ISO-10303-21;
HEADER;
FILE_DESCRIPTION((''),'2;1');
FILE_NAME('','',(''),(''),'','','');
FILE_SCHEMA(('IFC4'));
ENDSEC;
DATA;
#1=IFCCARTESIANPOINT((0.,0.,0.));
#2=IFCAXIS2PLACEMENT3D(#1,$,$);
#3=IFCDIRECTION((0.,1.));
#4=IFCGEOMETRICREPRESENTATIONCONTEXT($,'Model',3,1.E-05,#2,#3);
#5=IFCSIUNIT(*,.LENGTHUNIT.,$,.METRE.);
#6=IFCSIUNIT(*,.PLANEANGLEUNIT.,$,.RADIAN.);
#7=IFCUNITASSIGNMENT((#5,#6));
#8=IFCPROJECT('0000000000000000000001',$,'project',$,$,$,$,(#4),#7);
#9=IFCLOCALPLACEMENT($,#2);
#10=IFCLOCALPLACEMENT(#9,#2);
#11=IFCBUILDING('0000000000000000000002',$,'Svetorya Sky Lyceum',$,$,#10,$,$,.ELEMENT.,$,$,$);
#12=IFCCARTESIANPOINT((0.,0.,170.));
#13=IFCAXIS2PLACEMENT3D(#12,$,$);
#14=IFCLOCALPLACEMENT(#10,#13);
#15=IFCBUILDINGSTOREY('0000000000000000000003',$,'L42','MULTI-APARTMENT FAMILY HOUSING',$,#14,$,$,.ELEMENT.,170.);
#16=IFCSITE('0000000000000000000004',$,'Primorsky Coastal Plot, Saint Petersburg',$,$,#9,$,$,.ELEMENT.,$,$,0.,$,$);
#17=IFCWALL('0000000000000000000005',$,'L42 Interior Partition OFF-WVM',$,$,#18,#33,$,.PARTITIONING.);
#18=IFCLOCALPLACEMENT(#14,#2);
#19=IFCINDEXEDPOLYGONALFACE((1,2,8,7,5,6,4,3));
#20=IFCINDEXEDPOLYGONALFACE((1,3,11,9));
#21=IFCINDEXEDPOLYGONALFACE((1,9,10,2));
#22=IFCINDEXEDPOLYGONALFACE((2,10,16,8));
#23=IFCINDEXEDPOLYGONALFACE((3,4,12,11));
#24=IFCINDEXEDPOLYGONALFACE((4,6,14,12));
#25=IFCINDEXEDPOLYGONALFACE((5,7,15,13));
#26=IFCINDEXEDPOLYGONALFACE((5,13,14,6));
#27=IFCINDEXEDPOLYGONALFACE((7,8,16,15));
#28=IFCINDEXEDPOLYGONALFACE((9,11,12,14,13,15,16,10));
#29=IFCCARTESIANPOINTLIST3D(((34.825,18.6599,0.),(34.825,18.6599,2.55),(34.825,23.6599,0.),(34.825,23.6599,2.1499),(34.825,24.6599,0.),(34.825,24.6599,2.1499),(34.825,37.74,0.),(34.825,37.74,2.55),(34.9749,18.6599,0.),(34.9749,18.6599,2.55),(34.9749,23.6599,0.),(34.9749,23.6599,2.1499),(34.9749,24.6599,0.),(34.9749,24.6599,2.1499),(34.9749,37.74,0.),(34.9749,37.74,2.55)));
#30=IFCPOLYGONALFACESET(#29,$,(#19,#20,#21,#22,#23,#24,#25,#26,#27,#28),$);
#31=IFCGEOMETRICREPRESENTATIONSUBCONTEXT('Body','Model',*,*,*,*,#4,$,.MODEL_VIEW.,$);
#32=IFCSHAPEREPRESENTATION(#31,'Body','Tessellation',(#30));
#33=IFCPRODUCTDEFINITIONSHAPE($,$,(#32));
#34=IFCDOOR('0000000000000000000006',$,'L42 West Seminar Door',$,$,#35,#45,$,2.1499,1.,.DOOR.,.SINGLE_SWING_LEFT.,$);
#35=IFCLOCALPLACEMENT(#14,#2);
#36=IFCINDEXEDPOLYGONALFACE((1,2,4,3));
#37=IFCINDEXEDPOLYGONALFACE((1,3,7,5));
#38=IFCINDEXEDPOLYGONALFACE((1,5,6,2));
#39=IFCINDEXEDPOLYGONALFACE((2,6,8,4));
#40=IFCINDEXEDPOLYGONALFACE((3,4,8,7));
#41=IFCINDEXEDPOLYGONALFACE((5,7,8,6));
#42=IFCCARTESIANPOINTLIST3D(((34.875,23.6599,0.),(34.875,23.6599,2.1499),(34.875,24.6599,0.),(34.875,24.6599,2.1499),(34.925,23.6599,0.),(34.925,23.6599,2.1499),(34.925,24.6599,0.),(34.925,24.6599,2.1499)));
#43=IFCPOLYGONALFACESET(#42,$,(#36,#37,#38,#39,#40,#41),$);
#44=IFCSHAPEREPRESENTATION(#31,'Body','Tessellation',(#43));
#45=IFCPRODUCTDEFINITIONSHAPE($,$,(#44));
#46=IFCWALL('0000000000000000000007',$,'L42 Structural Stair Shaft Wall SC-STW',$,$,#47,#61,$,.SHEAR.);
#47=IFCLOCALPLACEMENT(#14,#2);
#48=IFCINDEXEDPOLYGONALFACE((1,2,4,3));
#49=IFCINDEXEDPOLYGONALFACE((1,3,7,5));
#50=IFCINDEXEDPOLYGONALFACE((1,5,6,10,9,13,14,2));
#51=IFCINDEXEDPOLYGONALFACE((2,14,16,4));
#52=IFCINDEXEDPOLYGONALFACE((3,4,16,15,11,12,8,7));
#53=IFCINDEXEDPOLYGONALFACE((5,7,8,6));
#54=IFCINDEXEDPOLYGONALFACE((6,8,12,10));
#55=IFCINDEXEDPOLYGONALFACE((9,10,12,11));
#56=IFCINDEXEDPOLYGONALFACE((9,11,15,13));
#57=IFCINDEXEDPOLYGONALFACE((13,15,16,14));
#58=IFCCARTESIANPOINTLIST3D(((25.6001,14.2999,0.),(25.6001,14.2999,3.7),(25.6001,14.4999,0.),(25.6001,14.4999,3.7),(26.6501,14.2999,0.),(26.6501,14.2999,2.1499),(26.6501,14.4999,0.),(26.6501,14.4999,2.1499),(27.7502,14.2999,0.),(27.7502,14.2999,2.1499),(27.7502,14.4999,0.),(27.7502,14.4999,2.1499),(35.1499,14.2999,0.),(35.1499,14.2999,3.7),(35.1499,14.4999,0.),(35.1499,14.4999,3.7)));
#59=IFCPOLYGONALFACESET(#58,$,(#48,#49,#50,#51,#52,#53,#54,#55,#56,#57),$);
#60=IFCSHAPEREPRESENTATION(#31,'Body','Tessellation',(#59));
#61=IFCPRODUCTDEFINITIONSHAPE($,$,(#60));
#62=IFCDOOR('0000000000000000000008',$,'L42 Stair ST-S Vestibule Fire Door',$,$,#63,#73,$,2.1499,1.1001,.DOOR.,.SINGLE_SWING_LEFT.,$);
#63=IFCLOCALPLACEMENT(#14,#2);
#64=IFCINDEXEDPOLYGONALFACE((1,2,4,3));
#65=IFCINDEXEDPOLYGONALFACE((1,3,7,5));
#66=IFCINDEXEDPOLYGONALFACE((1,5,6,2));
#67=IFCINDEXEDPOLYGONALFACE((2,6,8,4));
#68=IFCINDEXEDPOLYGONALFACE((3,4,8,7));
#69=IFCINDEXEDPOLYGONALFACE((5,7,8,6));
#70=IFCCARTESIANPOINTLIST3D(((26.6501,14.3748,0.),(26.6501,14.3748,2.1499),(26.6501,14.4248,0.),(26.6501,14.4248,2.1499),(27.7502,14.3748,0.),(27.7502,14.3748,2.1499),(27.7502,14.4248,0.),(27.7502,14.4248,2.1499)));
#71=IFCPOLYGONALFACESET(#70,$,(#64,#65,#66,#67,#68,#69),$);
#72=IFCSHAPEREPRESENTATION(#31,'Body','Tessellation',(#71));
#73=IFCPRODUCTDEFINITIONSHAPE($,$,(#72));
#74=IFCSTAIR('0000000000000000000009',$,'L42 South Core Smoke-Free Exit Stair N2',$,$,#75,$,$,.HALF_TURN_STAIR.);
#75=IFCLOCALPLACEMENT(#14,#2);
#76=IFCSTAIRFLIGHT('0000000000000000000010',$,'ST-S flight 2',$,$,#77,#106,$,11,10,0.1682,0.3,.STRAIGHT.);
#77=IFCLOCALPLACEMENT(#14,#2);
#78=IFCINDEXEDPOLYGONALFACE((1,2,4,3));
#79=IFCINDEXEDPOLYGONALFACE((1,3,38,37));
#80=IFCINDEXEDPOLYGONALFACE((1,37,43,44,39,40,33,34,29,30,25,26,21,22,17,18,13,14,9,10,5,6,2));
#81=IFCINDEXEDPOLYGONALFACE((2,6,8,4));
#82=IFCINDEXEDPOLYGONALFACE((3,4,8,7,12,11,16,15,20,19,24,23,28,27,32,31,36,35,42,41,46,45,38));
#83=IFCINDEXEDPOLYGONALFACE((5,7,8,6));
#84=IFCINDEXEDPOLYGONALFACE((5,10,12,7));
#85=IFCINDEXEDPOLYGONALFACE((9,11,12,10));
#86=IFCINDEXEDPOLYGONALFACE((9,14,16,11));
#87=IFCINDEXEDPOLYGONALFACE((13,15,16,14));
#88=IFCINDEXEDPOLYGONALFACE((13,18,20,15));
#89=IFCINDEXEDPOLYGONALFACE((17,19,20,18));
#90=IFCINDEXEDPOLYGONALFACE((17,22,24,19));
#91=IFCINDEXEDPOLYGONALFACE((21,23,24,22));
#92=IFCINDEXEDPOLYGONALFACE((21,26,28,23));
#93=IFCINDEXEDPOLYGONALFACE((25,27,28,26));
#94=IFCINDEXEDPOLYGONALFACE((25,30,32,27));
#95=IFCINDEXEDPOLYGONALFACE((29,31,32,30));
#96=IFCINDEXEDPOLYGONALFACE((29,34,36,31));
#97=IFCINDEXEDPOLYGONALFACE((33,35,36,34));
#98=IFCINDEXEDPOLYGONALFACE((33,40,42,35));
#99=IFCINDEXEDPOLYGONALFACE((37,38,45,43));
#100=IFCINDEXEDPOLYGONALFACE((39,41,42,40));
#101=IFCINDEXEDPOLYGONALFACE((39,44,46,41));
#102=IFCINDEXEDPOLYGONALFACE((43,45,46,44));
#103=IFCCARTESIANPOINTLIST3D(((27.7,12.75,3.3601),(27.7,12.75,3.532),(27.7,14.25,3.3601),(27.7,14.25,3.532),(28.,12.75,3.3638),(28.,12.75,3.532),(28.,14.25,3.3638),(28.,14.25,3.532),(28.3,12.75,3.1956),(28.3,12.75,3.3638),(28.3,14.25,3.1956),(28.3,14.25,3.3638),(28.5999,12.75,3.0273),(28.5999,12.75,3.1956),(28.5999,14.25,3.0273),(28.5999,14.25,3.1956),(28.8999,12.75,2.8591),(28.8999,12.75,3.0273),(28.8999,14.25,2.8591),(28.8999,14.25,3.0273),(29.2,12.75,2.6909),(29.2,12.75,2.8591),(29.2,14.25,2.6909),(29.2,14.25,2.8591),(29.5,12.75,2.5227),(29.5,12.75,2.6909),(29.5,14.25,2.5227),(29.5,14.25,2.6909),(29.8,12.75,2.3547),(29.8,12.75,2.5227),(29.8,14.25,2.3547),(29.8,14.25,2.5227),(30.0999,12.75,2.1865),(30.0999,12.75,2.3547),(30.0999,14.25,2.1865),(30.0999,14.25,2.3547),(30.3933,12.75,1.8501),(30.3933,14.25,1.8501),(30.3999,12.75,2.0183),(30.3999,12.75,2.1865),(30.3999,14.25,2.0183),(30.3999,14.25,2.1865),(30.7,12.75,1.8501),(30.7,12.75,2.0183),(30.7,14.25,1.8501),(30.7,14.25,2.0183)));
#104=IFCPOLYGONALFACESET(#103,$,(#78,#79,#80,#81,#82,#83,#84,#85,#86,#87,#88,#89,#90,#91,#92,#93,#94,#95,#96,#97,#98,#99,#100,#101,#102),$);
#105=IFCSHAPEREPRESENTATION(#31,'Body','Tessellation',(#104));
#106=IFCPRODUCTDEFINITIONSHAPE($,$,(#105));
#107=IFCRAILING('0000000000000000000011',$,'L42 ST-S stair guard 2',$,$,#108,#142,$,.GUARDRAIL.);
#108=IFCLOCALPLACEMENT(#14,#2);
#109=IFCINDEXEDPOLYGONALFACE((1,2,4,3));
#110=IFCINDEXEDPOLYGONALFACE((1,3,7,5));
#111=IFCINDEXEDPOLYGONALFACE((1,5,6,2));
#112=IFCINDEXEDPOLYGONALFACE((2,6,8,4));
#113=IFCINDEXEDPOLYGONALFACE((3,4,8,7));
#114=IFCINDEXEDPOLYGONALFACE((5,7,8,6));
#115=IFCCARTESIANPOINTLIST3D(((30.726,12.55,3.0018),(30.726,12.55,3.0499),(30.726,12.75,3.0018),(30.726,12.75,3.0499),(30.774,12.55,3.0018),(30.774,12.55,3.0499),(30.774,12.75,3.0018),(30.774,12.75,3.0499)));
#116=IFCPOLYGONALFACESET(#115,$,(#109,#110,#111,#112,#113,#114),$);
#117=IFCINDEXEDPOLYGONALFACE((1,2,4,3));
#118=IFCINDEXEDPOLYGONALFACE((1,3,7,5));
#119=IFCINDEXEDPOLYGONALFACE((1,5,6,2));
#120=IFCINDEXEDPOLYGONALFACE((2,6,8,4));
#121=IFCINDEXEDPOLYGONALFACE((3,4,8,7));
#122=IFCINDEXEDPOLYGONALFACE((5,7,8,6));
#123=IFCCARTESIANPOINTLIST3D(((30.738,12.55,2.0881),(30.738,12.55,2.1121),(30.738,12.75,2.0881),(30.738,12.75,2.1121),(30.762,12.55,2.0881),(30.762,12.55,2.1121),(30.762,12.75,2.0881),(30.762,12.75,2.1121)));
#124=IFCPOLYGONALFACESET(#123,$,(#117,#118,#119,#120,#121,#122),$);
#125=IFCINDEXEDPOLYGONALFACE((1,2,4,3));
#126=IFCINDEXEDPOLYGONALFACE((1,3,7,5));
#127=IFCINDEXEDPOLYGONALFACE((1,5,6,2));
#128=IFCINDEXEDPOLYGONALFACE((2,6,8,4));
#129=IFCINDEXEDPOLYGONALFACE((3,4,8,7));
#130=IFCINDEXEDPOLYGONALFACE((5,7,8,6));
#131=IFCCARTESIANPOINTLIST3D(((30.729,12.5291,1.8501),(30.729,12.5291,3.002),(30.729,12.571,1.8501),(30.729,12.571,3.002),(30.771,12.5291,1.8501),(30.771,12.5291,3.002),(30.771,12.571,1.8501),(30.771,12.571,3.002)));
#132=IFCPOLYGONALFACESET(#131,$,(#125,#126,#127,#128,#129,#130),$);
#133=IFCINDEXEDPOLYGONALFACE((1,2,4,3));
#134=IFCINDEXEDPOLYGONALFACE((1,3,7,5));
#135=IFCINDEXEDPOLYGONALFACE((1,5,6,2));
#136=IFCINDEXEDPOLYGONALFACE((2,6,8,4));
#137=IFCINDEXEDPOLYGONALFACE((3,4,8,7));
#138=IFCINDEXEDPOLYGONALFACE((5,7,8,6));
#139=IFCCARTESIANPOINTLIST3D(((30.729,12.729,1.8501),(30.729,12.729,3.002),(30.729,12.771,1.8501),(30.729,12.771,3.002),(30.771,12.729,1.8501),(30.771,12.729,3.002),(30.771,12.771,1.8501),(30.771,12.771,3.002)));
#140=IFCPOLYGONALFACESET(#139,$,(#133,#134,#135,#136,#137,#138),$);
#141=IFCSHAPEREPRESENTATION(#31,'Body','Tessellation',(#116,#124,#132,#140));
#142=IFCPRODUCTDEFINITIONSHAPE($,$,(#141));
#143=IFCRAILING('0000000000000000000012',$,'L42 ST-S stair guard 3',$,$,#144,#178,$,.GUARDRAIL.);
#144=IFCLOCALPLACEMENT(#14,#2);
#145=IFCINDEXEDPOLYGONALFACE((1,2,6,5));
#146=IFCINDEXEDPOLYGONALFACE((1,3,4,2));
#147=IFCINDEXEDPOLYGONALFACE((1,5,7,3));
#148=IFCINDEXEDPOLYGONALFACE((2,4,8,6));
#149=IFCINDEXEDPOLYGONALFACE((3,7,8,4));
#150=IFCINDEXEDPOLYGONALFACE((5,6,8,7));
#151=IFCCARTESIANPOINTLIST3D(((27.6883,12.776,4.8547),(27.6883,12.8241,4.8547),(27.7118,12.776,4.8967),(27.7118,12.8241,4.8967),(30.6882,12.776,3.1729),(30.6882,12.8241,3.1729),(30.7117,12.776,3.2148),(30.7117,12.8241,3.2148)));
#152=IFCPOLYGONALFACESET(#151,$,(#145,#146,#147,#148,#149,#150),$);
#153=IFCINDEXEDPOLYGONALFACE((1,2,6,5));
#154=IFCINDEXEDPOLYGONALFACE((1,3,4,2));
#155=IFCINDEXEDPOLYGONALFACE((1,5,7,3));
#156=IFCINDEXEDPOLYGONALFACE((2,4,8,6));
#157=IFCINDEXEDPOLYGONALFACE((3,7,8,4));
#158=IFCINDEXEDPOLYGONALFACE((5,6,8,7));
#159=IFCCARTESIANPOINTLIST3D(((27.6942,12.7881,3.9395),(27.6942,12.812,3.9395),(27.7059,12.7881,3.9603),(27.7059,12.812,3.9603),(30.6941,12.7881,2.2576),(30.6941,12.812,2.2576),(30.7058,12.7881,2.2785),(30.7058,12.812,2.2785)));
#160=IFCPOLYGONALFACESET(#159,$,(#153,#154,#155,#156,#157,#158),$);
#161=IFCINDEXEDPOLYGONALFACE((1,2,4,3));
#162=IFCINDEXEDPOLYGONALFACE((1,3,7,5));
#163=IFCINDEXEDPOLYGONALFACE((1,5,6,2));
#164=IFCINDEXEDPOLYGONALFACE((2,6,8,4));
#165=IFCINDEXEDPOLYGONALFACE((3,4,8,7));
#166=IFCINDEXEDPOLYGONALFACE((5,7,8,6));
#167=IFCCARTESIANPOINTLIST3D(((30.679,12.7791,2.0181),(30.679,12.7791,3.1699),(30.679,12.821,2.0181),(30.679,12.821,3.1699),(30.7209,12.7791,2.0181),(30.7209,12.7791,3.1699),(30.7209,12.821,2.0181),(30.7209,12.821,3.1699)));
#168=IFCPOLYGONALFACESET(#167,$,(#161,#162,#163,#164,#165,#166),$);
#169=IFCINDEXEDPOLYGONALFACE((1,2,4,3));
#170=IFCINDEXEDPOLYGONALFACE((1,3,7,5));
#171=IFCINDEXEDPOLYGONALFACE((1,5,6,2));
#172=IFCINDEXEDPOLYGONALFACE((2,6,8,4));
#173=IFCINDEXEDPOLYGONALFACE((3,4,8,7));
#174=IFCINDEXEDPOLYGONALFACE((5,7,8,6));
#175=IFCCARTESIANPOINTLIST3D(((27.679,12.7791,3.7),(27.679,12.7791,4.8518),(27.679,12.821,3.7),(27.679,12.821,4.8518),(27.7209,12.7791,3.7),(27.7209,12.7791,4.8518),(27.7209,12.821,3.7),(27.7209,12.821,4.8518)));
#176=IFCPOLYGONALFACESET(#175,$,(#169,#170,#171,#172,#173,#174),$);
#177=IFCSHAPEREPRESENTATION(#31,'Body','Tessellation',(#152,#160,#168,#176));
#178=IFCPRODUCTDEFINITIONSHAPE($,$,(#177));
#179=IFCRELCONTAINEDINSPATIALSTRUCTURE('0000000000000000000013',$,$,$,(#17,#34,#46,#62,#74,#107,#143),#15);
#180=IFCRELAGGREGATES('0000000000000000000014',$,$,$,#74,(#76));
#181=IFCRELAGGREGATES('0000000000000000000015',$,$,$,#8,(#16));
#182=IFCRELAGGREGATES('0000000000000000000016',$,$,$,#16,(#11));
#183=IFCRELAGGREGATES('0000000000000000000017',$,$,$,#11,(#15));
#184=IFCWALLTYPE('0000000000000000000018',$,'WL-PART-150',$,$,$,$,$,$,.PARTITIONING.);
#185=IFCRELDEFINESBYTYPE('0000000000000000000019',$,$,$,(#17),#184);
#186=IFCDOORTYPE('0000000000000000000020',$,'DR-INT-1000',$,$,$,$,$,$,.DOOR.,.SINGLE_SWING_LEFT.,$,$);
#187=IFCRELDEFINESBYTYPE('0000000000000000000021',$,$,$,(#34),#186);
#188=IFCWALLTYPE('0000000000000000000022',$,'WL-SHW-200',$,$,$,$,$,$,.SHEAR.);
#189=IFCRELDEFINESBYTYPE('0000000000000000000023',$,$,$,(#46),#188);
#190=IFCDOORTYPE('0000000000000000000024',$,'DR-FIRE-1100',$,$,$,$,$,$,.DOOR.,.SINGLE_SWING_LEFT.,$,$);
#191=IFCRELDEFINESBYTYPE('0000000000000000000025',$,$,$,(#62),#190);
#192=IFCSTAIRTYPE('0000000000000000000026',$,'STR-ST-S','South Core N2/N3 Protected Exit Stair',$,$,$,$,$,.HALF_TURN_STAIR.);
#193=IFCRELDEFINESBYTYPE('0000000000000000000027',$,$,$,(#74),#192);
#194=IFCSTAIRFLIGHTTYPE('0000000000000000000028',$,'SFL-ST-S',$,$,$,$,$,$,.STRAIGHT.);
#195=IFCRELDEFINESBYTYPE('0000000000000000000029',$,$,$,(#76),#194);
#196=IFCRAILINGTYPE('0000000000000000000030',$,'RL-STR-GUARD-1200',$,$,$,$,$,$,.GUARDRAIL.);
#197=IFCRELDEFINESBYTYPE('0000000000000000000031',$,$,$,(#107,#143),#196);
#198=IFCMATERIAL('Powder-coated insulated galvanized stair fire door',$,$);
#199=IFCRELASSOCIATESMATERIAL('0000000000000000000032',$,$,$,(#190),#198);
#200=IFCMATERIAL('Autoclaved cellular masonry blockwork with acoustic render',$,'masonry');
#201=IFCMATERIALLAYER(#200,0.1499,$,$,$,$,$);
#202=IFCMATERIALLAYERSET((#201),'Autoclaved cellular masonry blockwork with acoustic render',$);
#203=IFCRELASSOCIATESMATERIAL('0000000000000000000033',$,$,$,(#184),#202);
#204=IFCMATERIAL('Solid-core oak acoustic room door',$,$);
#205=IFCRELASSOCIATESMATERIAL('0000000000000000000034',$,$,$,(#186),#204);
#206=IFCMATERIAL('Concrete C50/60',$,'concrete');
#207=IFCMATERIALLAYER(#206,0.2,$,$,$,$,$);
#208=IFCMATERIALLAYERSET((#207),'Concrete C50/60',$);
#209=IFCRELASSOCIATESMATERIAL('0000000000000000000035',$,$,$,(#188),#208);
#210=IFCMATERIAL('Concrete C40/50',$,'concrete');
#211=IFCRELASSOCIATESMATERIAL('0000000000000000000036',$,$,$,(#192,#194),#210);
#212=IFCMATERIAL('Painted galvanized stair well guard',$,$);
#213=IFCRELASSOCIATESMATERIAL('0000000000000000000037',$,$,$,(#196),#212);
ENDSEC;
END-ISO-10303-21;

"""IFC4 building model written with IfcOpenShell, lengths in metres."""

from ifc_helpers import new_model, si_unit, direction, frame, frame_2d, origin, origin_2d, place, context, subcontext, project, spatial, polyline, rectangle, outline, extrude, material, layer, layer_set, type_object, element, fill, aggregate, save


model = new_model("IFC4")

# Units and contexts
model_context = context("Model", 3, precision=1e-05, world=origin(), true_north=direction((0.0, 1.0)))
body_context = subcontext(model_context, "Body", "Model", "MODEL_VIEW")
ifc_project = project(units=[si_unit("LENGTHUNIT", "METRE"), si_unit("PLANEANGLEUNIT", "RADIAN")], contexts=[model_context])

# Site, building, storey
site_placement = place(None, origin())
site = spatial("IfcSite", under=ifc_project, at=site_placement, Name="Primorsky Coastal Plot, Saint Petersburg", CompositionType="ELEMENT", RefElevation=0.0)
building_placement = place(site_placement, origin())
building = spatial("IfcBuilding", under=site, at=building_placement, Name="Svetorya Sky Lyceum", CompositionType="ELEMENT")
storey_placement = place(building_placement, frame((0.0, 0.0, 170.0)))
storey = spatial("IfcBuildingStorey", under=building, at=storey_placement, Name="L42", Description="MULTI-APARTMENT FAMILY HOUSING", CompositionType="ELEMENT", Elevation=170.0)

# Shared definitions
ifc_material_1 = material(Name="Concrete C50/60", Category="concrete")

# Shared definitions
ifc_material_2 = material(Name="Powder-coated insulated galvanized stair fire door")
door_type_1 = type_object("IfcDoorType", Name="DR-FIRE-1100", OperationType="SINGLE_SWING_LEFT", PredefinedType="DOOR", material=ifc_material_2)

# Shared definitions
ifc_material_3 = material(Name="Autoclaved cellular masonry blockwork with acoustic render", Category="masonry")
ifc_layer_1 = layer(ifc_material_3, 0.1499)
ifc_layer_set_1 = layer_set([ifc_layer_1], Name="Autoclaved cellular masonry blockwork with acoustic render")
wall_type_1 = type_object("IfcWallType", Name="WL-PART-150", PredefinedType="PARTITIONING", material=ifc_layer_set_1)

# Walls, openings, doors
wall_1_placement = place(storey_placement, frame((34.8999, 18.6599, 0.0), z_axis=(0.0, 0.0, 1.0), x_axis=(0.0, 1.0, 0.0)))
wall_1 = element("IfcWall", 1, at=wall_1_placement, inside=storey, type_object=wall_type_1, Name="L42 Interior Partition OFF-WVM", PredefinedType="PARTITIONING", context=body_context, shape_type="SweptSolid", body=[
    extrude(rectangle(XDim=19.0801, YDim=0.1499, at=frame_2d((9.54, 0.0))), origin(), (0.0, 0.0, 1.0), 2.55),
])
opening_1_placement = place(wall_1_placement, frame((5.0, 0.0, 0.0)))
opening_1 = element("IfcOpeningElement", 2, at=opening_1_placement, cuts=wall_1, PredefinedType="OPENING", context=body_context, shape_type="SweptSolid", body=[
    extrude(rectangle(XDim=1.0, YDim=2.1499, at=frame_2d((0.5, 1.075))), frame((0.0, 0.085, 0.0), z_axis=(0.0, -1.0, 0.0), x_axis=(1.0, 0.0, 0.0)), (0.0, 0.0, 1.0), 0.1699),
])
ifc_material_4 = material(Name="Solid-core oak acoustic room door")
door_type_2 = type_object("IfcDoorType", Name="DR-INT-1000", OperationType="SINGLE_SWING_LEFT", PredefinedType="DOOR", material=ifc_material_4)
door_1_placement = place(opening_1_placement, origin())
door_1 = element("IfcDoor", 3, at=door_1_placement, inside=storey, type_object=door_type_2, Name="L42 West Seminar Door", OperationType="SINGLE_SWING_LEFT", OverallHeight=2.1499, OverallWidth=1.0, PredefinedType="DOOR", context=body_context, shape_type="SweptSolid", body=[
    extrude(rectangle(XDim=1.0, YDim=2.1499, at=frame_2d((0.5, 1.075))), frame((0.0, 0.0249, 0.0), z_axis=(0.0, -1.0, 0.0), x_axis=(1.0, 0.0, 0.0)), (0.0, 0.0, 1.0), 0.05),
])
fill(opening_1, door_1)
ifc_layer_2 = layer(ifc_material_1, 0.2)
ifc_layer_set_2 = layer_set([ifc_layer_2], Name="Concrete C50/60")
wall_type_2 = type_object("IfcWallType", Name="WL-SHW-200", PredefinedType="SHEAR", material=ifc_layer_set_2)
wall_2_placement = place(storey_placement, frame((25.6001, 14.3999, 0.0), z_axis=(0.0, 0.0, 1.0), x_axis=(1.0, 0.0, 0.0)))
wall_2 = element("IfcWall", 4, at=wall_2_placement, inside=storey, type_object=wall_type_2, Name="L42 Structural Stair Shaft Wall SC-STW", PredefinedType="SHEAR", context=body_context, shape_type="SweptSolid", body=[
    extrude(rectangle(XDim=9.5498, YDim=0.2, at=frame_2d((4.7749, 0.0))), origin(), (0.0, 0.0, 1.0), 3.7),
])
opening_2_placement = place(wall_2_placement, frame((1.05, 0.0, 0.0)))
opening_2 = element("IfcOpeningElement", 5, at=opening_2_placement, cuts=wall_2, PredefinedType="OPENING", context=body_context, shape_type="SweptSolid", body=[
    extrude(rectangle(XDim=1.1001, YDim=2.1499, at=frame_2d((0.55, 1.075))), frame((0.0, 0.1099, 0.0), z_axis=(0.0, -1.0, 0.0), x_axis=(1.0, 0.0, 0.0)), (0.0, 0.0, 1.0), 0.22),
])
door_2_placement = place(opening_2_placement, origin())
door_2 = element("IfcDoor", 6, at=door_2_placement, inside=storey, type_object=door_type_1, Name="L42 Stair ST-S Vestibule Fire Door", OperationType="SINGLE_SWING_LEFT", OverallHeight=2.1499, OverallWidth=1.1001, PredefinedType="DOOR", context=body_context, shape_type="SweptSolid", body=[
    extrude(rectangle(XDim=1.1001, YDim=2.1499, at=frame_2d((0.55, 1.075))), frame((0.0, 0.0249, 0.0), z_axis=(0.0, -1.0, 0.0), x_axis=(1.0, 0.0, 0.0)), (0.0, 0.0, 1.0), 0.05),
])
fill(opening_2, door_2)

# Stair, stair flight
ifc_material_5 = material(Name="Concrete C40/50", Category="concrete")
stair_type = type_object("IfcStairType", Name="STR-ST-S", Description="South Core N2/N3 Protected Exit Stair", PredefinedType="HALF_TURN_STAIR", material=ifc_material_5)
stair_placement = place(storey_placement, origin())
stair = element("IfcStair", 7, at=stair_placement, inside=storey, type_object=stair_type, Name="L42 South Core Smoke-Free Exit Stair N2", PredefinedType="HALF_TURN_STAIR")
stair_flight_type = type_object("IfcStairFlightType", Name="SFL-ST-S", PredefinedType="STRAIGHT", material=ifc_material_5)
stair_flight_placement = place(storey_placement, frame((30.7, 13.5, 1.8501), z_axis=(0.0, 0.0, 1.0), x_axis=(-1.0, 0.0, 0.0)))
stair_flight = element("IfcStairFlight", 8, at=stair_flight_placement, type_object=stair_flight_type, Name="ST-S flight 2", NumberOfRisers=11, NumberOfTreads=10, PredefinedType="STRAIGHT", RiserHeight=0.1682, TreadLength=0.3, context=body_context, shape_type="SweptSolid", body=[
    extrude(outline(polyline([(0.0, 0.0), (0.0, 0.1682), (0.3, 0.1682), (0.3, 0.3364), (0.6001, 0.3364), (0.6001, 0.5046), (0.8999, 0.5046), (0.8999, 0.6726), (1.2, 0.6726), (1.2, 0.8408), (1.5, 0.8408), (1.5, 1.009), (1.8, 1.009), (1.8, 1.1772), (2.1001, 1.1772), (2.1001, 1.3455), (2.3999, 1.3455), (2.3999, 1.5137), (2.7, 1.5137), (2.7, 1.6819), (3.0, 1.6819), (3.0, 1.8501), (3.0, 1.51), (0.3066, 0.0), (0.0, 0.0)])), frame((0.0, 0.75, 0.0), z_axis=(0.0, -1.0, 0.0), x_axis=(1.0, 0.0, 0.0)), (0.0, 0.0, 1.0), 1.5),
])
aggregate(stair, [stair_flight])

# Railings
ifc_material_6 = material(Name="Painted galvanized stair well guard")
railing_type_1 = type_object("IfcRailingType", Name="RL-STR-GUARD-1200", PredefinedType="GUARDRAIL", material=ifc_material_6)
railing_1_placement = place(storey_placement, frame((30.75, 12.55, 1.8501)))
element("IfcRailing", 9, at=railing_1_placement, inside=storey, type_object=railing_type_1, Name="L42 ST-S stair guard 2", PredefinedType="GUARDRAIL", context=body_context, shape_type="SweptSolid", body=[
    extrude(rectangle(XDim=0.0481, YDim=0.0481, at=origin_2d()), frame((0.0, 0.0, 1.1758), z_axis=(0.0, 1.0, 0.0), x_axis=(-1.0, 0.0, 0.0)), (0.0, 0.0, 1.0), 0.2),
    extrude(rectangle(XDim=0.0239, YDim=0.0239, at=origin_2d()), frame((0.0, 0.0, 0.25), z_axis=(0.0, 1.0, 0.0), x_axis=(-1.0, 0.0, 0.0)), (0.0, 0.0, 1.0), 0.2),
    extrude(rectangle(XDim=0.042, YDim=0.042, at=origin_2d()), origin(), (0.0, 0.0, 1.0), 1.1519),
    extrude(rectangle(XDim=0.042, YDim=0.042, at=origin_2d()), frame((0.0, 0.2, 0.0)), (0.0, 0.0, 1.0), 1.1519),
])
railing_2_placement = place(storey_placement, frame((30.7, 12.8, 2.0181)))
element("IfcRailing", 10, at=railing_2_placement, inside=storey, type_object=railing_type_1, Name="L42 ST-S stair guard 3", PredefinedType="GUARDRAIL", context=body_context, shape_type="SweptSolid", body=[
    extrude(rectangle(XDim=0.0481, YDim=0.0481, at=origin_2d()), frame((0.0, 0.0, 1.1758), z_axis=(-0.872272, 0.0, 0.48902), x_axis=(0.0, -1.0, 0.0)), (0.0, 0.0, 1.0), 3.4392),
    extrude(rectangle(XDim=0.0239, YDim=0.0239, at=origin_2d()), frame((0.0, 0.0, 0.25), z_axis=(-0.872272, 0.0, 0.48902), x_axis=(0.0, -1.0, 0.0)), (0.0, 0.0, 1.0), 3.4392),
    extrude(rectangle(XDim=0.042, YDim=0.042, at=origin_2d()), origin(), (0.0, 0.0, 1.0), 1.1519),
    extrude(rectangle(XDim=0.042, YDim=0.042, at=origin_2d()), frame((-3.0, 0.0, 1.6819)), (0.0, 0.0, 1.0), 1.1519),
])

save(model, "model.ifc")
